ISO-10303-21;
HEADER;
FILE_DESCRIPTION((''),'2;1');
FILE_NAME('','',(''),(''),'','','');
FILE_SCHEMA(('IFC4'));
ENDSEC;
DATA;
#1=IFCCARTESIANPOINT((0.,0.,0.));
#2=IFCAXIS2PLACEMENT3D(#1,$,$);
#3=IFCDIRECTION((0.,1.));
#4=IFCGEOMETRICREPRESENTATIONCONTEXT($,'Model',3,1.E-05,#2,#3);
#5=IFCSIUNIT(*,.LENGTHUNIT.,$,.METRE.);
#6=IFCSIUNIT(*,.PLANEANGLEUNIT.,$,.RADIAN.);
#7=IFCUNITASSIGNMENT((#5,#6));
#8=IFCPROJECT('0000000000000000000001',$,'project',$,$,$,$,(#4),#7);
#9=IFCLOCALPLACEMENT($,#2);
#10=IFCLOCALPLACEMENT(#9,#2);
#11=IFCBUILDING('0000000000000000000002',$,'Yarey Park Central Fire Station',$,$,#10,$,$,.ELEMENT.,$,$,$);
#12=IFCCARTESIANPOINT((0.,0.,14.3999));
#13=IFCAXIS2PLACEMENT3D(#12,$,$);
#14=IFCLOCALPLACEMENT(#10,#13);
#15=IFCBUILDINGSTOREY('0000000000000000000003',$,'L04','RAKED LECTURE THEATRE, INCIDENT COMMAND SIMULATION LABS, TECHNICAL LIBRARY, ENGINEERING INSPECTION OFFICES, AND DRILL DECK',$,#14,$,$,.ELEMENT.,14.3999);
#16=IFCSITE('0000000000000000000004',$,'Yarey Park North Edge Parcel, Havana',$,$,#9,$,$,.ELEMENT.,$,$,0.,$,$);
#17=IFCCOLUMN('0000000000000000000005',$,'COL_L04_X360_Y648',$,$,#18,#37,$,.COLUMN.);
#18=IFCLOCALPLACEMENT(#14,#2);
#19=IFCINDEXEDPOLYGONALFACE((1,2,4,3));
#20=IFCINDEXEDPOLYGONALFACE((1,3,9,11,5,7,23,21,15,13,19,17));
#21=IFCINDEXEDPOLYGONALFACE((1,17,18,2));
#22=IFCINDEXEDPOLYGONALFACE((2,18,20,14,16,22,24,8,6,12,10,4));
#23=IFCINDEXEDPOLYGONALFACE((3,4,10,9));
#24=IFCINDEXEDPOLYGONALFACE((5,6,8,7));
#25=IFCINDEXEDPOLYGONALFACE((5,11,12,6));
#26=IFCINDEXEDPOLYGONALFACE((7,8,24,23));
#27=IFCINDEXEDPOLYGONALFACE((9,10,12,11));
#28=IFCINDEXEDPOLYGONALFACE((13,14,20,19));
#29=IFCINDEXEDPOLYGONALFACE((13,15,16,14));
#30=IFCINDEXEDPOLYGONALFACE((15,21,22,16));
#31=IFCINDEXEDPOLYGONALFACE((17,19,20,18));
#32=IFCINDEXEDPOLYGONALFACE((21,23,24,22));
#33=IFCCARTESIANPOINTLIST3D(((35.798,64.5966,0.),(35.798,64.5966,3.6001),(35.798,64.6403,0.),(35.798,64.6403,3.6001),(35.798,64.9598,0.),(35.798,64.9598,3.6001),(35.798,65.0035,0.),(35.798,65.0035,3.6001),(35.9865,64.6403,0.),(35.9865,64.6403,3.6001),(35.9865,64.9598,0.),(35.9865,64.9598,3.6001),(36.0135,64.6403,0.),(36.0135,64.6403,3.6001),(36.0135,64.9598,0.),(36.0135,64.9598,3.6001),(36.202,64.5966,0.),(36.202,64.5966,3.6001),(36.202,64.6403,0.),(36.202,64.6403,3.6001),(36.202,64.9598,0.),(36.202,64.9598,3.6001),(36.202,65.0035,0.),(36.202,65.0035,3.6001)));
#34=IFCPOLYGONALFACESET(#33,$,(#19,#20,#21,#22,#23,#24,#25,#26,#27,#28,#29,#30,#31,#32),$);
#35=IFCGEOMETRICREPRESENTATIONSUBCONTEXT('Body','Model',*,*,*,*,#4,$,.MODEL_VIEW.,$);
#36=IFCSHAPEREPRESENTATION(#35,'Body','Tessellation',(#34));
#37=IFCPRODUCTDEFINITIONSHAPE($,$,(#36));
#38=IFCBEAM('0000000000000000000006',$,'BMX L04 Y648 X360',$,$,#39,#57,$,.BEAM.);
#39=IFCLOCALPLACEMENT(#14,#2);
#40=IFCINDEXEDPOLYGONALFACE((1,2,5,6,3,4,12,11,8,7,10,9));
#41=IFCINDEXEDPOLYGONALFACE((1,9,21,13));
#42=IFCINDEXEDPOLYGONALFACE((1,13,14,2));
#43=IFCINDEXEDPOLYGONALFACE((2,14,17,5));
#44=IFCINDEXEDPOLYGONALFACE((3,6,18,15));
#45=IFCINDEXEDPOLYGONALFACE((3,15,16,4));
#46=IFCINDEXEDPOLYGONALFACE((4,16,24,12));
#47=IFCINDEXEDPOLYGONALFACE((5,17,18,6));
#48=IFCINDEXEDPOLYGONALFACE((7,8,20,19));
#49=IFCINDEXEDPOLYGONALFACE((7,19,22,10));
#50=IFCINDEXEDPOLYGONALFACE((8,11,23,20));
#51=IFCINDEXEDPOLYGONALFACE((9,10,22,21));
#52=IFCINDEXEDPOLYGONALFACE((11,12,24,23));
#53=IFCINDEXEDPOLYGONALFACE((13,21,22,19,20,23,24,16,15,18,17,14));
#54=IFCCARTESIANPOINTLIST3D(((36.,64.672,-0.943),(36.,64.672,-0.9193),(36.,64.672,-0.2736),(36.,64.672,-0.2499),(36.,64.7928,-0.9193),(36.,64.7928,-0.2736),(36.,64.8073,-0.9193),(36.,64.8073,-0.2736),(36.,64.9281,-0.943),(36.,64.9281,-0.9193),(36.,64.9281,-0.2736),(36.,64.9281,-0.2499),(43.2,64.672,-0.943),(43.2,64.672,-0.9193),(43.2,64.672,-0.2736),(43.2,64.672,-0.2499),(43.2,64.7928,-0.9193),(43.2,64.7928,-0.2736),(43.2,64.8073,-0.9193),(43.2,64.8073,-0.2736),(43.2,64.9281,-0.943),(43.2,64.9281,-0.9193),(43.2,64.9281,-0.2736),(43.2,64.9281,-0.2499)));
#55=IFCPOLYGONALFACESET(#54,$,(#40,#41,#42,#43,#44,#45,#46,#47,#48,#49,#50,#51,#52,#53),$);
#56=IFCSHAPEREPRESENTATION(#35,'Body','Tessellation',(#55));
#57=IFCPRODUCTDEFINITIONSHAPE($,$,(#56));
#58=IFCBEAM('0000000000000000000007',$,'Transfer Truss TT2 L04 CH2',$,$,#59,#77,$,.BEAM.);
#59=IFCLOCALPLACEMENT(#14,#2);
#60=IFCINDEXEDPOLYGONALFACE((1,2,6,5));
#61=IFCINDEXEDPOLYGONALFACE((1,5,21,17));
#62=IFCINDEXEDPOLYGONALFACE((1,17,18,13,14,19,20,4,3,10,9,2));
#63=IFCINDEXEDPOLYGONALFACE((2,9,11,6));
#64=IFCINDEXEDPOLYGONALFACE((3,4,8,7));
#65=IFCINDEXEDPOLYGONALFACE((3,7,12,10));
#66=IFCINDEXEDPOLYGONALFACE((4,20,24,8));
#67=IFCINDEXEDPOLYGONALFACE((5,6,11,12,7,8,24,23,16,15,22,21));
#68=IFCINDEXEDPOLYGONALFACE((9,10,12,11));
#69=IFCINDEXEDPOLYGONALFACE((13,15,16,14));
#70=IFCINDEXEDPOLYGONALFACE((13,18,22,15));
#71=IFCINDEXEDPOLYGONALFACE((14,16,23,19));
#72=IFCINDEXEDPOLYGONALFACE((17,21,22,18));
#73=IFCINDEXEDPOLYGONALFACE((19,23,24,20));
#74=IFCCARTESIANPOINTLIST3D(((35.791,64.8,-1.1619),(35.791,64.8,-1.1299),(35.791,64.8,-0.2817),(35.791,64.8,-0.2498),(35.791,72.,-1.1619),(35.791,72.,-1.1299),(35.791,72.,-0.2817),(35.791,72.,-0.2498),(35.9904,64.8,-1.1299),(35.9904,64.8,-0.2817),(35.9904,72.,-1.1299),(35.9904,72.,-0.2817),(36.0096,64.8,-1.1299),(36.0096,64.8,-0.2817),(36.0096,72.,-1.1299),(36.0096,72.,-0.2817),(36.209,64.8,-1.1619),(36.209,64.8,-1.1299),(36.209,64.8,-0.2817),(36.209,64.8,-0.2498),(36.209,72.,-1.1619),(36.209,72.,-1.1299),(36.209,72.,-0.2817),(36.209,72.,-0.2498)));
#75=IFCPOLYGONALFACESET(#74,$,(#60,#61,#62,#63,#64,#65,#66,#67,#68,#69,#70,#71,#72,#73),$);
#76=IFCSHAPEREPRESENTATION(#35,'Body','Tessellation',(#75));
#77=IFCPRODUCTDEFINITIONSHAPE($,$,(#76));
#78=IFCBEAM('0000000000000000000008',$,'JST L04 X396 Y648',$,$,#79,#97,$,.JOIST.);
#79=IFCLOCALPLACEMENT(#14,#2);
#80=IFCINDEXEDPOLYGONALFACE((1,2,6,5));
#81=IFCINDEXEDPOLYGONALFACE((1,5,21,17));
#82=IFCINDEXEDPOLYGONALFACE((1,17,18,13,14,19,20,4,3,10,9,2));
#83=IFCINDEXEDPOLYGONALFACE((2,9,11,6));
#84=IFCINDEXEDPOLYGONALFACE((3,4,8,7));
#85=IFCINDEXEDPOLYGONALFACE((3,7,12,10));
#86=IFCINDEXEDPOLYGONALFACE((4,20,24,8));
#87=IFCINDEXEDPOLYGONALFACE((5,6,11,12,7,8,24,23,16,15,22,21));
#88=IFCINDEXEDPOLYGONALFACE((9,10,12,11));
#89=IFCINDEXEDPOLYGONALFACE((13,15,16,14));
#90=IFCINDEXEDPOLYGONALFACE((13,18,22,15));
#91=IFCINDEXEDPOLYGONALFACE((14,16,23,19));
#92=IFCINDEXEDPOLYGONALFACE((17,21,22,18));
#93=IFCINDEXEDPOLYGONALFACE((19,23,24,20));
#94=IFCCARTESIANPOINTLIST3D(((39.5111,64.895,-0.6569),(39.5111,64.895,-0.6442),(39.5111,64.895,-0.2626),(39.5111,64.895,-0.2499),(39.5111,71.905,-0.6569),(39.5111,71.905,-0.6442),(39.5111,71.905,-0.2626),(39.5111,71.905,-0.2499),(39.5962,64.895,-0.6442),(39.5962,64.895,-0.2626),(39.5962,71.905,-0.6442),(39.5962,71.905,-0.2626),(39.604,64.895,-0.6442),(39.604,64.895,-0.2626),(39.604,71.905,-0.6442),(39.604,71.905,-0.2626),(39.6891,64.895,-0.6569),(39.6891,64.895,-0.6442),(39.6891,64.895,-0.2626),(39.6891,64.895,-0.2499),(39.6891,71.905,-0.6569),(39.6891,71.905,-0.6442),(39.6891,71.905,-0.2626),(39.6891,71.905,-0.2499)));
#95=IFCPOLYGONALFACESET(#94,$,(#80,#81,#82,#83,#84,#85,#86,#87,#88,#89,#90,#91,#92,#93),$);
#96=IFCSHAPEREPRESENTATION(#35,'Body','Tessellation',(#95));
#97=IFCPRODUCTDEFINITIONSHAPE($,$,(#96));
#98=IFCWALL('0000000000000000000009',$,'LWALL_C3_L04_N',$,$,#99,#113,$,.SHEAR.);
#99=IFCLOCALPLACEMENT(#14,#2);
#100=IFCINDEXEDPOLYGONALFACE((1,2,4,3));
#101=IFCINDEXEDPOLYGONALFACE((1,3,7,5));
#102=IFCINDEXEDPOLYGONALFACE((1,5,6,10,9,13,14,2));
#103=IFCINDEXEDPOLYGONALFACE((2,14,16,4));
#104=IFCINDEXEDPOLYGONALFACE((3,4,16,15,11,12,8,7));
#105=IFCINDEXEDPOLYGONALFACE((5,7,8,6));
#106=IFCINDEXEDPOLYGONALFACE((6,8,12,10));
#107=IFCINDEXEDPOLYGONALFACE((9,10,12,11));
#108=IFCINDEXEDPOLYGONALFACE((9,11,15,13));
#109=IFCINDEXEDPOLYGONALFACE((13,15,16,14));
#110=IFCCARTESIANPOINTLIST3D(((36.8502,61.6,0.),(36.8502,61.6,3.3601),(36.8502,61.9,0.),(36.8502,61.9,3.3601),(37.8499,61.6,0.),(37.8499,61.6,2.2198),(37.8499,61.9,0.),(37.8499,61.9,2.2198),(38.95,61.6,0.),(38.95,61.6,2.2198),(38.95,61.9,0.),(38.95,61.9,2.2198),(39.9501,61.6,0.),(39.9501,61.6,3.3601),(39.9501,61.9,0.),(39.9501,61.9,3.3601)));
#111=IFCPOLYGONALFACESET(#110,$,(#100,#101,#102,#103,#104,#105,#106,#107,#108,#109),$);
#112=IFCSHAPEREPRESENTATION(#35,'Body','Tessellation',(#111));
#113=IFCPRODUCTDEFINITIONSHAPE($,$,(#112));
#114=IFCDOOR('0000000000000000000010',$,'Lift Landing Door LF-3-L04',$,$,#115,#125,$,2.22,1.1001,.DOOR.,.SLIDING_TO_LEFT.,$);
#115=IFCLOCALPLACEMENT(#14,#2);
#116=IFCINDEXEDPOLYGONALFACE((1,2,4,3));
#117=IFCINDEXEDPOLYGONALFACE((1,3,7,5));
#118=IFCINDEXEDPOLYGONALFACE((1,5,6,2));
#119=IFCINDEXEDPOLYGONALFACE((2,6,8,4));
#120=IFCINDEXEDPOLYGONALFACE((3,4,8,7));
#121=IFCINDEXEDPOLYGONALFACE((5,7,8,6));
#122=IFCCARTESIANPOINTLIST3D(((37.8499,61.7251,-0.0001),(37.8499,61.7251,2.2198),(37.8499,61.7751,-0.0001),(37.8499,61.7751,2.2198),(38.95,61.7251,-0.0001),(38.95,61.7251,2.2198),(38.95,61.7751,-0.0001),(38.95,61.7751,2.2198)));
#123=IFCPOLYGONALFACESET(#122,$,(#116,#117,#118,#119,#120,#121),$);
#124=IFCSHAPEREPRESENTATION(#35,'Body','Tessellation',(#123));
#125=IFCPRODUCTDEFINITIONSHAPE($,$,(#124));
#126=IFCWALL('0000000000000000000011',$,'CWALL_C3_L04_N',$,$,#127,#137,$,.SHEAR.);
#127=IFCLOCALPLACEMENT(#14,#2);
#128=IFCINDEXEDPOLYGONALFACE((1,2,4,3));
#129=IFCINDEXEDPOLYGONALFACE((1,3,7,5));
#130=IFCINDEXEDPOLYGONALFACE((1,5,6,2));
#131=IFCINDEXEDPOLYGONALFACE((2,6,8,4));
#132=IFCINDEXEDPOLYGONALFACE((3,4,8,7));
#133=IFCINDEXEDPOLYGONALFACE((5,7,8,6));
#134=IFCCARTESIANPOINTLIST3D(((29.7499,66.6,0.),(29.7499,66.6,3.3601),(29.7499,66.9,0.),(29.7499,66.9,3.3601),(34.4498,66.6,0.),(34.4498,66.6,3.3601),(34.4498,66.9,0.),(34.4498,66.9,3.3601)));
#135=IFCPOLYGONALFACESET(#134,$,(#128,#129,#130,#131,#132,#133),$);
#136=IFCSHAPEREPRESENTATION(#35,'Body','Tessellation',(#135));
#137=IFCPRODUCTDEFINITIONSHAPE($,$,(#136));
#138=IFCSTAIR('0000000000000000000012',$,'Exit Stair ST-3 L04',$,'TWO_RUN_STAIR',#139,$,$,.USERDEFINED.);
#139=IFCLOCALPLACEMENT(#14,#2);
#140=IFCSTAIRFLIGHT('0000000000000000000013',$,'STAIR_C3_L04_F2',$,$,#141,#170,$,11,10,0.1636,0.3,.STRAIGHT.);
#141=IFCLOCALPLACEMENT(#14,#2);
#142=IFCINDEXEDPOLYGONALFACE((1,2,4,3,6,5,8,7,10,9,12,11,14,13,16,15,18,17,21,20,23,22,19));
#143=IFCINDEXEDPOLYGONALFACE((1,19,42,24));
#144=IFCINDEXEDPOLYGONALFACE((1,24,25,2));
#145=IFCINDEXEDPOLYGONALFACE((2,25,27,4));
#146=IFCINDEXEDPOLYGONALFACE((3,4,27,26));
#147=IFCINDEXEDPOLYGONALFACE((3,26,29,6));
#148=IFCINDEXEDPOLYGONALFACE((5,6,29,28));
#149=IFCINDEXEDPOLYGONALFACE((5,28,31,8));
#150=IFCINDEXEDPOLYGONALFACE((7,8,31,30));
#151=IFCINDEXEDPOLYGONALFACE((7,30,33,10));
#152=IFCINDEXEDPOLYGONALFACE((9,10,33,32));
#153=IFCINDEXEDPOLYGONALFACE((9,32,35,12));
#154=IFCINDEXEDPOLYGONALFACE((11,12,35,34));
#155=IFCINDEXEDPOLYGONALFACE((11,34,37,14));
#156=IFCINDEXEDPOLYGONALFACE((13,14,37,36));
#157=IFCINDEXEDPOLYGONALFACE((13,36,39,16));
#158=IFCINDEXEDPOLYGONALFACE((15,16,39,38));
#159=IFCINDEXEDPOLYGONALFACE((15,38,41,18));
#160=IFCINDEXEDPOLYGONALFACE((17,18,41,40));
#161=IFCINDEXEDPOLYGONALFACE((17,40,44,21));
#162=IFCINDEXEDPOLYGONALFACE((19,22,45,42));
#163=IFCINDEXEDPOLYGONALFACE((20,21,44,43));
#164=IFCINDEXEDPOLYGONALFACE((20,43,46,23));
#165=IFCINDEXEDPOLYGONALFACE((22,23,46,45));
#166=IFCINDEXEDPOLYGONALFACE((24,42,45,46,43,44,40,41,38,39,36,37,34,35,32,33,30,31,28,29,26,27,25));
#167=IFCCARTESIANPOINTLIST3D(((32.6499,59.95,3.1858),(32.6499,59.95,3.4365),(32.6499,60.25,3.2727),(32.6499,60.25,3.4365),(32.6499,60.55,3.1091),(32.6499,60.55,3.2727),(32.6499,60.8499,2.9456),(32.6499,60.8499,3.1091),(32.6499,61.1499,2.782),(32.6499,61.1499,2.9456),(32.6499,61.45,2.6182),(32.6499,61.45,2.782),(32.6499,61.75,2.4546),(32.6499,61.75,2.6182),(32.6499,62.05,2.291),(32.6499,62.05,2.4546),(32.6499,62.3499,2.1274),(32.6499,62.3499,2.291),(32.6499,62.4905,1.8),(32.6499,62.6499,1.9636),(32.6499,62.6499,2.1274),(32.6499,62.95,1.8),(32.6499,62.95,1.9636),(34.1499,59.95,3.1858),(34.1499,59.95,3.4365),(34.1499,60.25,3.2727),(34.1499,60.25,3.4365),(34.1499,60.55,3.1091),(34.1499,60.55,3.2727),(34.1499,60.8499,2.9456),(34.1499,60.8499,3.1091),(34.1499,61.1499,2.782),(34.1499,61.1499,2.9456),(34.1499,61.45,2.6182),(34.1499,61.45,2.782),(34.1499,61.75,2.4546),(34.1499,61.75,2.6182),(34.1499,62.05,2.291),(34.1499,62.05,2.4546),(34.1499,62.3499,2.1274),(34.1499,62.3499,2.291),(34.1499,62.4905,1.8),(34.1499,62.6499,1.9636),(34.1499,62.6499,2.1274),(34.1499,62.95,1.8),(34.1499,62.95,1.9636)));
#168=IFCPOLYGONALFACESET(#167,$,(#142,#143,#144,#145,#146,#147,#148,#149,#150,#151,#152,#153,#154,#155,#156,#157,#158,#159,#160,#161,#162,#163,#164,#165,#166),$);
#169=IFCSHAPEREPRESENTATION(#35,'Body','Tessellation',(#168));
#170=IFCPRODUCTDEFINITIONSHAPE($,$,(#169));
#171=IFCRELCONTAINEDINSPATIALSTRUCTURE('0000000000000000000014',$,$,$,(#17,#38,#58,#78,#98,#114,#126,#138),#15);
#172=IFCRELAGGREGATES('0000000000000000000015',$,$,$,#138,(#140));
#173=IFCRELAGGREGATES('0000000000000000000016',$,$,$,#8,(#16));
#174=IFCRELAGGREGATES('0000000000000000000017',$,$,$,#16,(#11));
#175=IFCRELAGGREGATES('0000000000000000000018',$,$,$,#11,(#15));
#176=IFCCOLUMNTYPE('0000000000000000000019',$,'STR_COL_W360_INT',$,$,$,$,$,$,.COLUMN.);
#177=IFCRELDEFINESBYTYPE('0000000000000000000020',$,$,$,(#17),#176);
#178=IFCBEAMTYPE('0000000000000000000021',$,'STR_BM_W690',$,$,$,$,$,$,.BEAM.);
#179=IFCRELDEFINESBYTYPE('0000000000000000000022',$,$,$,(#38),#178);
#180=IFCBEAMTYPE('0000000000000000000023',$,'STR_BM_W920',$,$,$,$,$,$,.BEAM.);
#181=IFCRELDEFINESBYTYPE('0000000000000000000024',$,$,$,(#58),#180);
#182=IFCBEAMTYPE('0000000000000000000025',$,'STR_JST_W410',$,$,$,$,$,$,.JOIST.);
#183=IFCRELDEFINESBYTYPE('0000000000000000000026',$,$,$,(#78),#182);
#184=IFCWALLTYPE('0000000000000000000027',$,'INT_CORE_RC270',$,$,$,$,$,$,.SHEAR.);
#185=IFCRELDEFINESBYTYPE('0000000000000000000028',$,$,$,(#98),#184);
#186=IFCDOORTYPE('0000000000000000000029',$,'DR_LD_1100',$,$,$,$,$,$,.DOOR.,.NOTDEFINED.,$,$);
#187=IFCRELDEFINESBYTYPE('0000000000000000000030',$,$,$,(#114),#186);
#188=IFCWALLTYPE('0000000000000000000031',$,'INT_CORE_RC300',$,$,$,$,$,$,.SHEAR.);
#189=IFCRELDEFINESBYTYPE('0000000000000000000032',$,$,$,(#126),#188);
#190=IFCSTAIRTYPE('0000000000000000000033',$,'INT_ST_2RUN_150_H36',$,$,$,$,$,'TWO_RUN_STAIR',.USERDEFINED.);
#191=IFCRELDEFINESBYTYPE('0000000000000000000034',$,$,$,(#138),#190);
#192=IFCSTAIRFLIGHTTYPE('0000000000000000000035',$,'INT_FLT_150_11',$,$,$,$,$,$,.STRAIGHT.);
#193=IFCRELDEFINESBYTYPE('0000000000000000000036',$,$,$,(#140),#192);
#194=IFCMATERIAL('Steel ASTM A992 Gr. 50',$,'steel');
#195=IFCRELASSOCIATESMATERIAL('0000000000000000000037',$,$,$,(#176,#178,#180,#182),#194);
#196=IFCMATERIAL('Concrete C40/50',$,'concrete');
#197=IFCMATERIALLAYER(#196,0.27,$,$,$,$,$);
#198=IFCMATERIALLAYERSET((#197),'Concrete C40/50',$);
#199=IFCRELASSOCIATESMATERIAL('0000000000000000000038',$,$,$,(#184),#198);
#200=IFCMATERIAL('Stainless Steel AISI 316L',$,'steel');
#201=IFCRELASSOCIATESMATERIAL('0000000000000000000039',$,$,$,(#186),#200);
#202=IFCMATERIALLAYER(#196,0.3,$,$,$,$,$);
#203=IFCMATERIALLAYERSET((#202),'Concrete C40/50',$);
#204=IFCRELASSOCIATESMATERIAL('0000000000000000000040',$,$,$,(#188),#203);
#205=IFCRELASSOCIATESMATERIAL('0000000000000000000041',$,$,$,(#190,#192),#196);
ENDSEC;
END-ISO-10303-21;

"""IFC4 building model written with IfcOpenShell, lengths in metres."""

from ifc_helpers import new_model, si_unit, direction, frame, frame_2d, origin, origin_2d, place, context, subcontext, project, spatial, polyline, rectangle, i_section, outline, extrude, material, layer, layer_set, material_profile, profile_set, type_object, element, fill, aggregate, save


model = new_model("IFC4")

# Units and contexts
model_context = context("Model", 3, precision=1e-05, world=origin(), true_north=direction((0.0, 1.0)))
body_context = subcontext(model_context, "Body", "Model", "MODEL_VIEW")
ifc_project = project(units=[si_unit("LENGTHUNIT", "METRE"), si_unit("PLANEANGLEUNIT", "RADIAN")], contexts=[model_context])

# Site, building, storey
site_placement = place(None, origin())
site = spatial("IfcSite", under=ifc_project, at=site_placement, Name="Yarey Park North Edge Parcel, Havana", CompositionType="ELEMENT", RefElevation=0.0)
building_placement = place(site_placement, origin())
building = spatial("IfcBuilding", under=site, at=building_placement, Name="Yarey Park Central Fire Station", CompositionType="ELEMENT")
storey_placement = place(building_placement, frame((0.0, 0.0, 14.3999)))
storey = spatial("IfcBuildingStorey", under=building, at=storey_placement, Name="L04", Description="RAKED LECTURE THEATRE, INCIDENT COMMAND SIMULATION LABS, TECHNICAL LIBRARY, ENGINEERING INSPECTION OFFICES, AND DRILL DECK", CompositionType="ELEMENT", Elevation=14.3999)

# Column
ifc_material_1 = material(Name="Steel ASTM A992 Gr. 50", Category="steel")
ifc_material_profile_1 = material_profile(ifc_material_1, i_section(OverallWidth=0.4041, OverallDepth=0.407, WebThickness=0.0271, FlangeThickness=0.0437, at=origin_2d()), Name="W360x347")
ifc_profile_set_1 = profile_set([ifc_material_profile_1], Name="Steel ASTM A992 Gr. 50")
column_type = type_object("IfcColumnType", Name="STR_COL_W360_INT", PredefinedType="COLUMN", material=ifc_profile_set_1)
column_placement = place(storey_placement, frame((36.0, 64.8, 0.0), z_axis=(0.0, 0.0, 1.0), x_axis=(1.0, 0.0, 0.0)))
element("IfcColumn", 1, at=column_placement, inside=storey, type_object=column_type, Name="COL_L04_X360_Y648", PredefinedType="COLUMN", context=body_context, shape_type="SweptSolid", body=[
    extrude(i_section(OverallWidth=0.4041, OverallDepth=0.407, WebThickness=0.0271, FlangeThickness=0.0437, at=origin_2d()), origin(), (0.0, 0.0, 1.0), 3.6001),
])

# Beams
ifc_material_profile_2 = material_profile(ifc_material_1, i_section(OverallWidth=0.2561, OverallDepth=0.6931, WebThickness=0.0144, FlangeThickness=0.0237, at=origin_2d()), Name="W690x170")
ifc_profile_set_2 = profile_set([ifc_material_profile_2], Name="Steel ASTM A992 Gr. 50")
beam_type_1 = type_object("IfcBeamType", Name="STR_BM_W690", PredefinedType="BEAM", material=ifc_profile_set_2)
beam_1_placement = place(storey_placement, frame((36.0, 64.8, -0.5964), z_axis=(1.0, 0.0, 0.0), x_axis=(0.0, 1.0, 0.0)))
element("IfcBeam", 2, at=beam_1_placement, inside=storey, type_object=beam_type_1, Name="BMX L04 Y648 X360", PredefinedType="BEAM", context=body_context, shape_type="SweptSolid", body=[
    extrude(i_section(OverallWidth=0.2561, OverallDepth=0.6931, WebThickness=0.0144, FlangeThickness=0.0237, at=origin_2d()), origin(), (0.0, 0.0, 1.0), 7.2),
])
ifc_material_profile_3 = material_profile(ifc_material_1, i_section(OverallWidth=0.418, OverallDepth=0.9121, WebThickness=0.0193, FlangeThickness=0.032, at=origin_2d()), Name="W920x342")
ifc_profile_set_3 = profile_set([ifc_material_profile_3], Name="Steel ASTM A992 Gr. 50")
beam_type_2 = type_object("IfcBeamType", Name="STR_BM_W920", PredefinedType="BEAM", material=ifc_profile_set_3)
beam_2_placement = place(storey_placement, frame((36.0, 64.8, -0.7058), z_axis=(0.0, 1.0, 0.0), x_axis=(-1.0, 0.0, 0.0)))
element("IfcBeam", 3, at=beam_2_placement, inside=storey, type_object=beam_type_2, Name="Transfer Truss TT2 L04 CH2", PredefinedType="BEAM", context=body_context, shape_type="SweptSolid", body=[
    extrude(i_section(OverallWidth=0.418, OverallDepth=0.9121, WebThickness=0.0193, FlangeThickness=0.032, at=origin_2d()), origin(), (0.0, 0.0, 1.0), 7.2),
])
ifc_material_profile_4 = material_profile(ifc_material_1, i_section(OverallWidth=0.178, OverallDepth=0.407, WebThickness=0.0078, FlangeThickness=0.0127, at=origin_2d()), Name="W410x60")
ifc_profile_set_4 = profile_set([ifc_material_profile_4], Name="Steel ASTM A992 Gr. 50")
beam_type_3 = type_object("IfcBeamType", Name="STR_JST_W410", PredefinedType="JOIST", material=ifc_profile_set_4)
beam_3_placement = place(storey_placement, frame((39.6001, 64.895, -0.4534), z_axis=(0.0, 1.0, 0.0), x_axis=(-1.0, 0.0, 0.0)))
element("IfcBeam", 4, at=beam_3_placement, inside=storey, type_object=beam_type_3, Name="JST L04 X396 Y648", PredefinedType="JOIST", context=body_context, shape_type="SweptSolid", body=[
    extrude(i_section(OverallWidth=0.178, OverallDepth=0.407, WebThickness=0.0078, FlangeThickness=0.0127, at=origin_2d()), origin(), (0.0, 0.0, 1.0), 7.01),
])

# Wall, opening, door
ifc_material_2 = material(Name="Concrete C40/50", Category="concrete")
ifc_layer_1 = layer(ifc_material_2, 0.27)
ifc_layer_set_1 = layer_set([ifc_layer_1], Name="Concrete C40/50")
wall_type_1 = type_object("IfcWallType", Name="INT_CORE_RC270", PredefinedType="SHEAR", material=ifc_layer_set_1)
wall_1_placement = place(storey_placement, frame((39.95, 61.75, 0.0), z_axis=(0.0, 0.0, 1.0), x_axis=(-1.0, 0.0, 0.0)))
wall_1 = element("IfcWall", 5, at=wall_1_placement, inside=storey, type_object=wall_type_1, Name="LWALL_C3_L04_N", PredefinedType="SHEAR", context=body_context, shape_type="SweptSolid", body=[
    extrude(rectangle(XDim=3.0999, YDim=0.3, at=frame_2d((1.5498, 0.0))), origin(), (0.0, 0.0, 1.0), 3.3601),
])
opening_placement = place(wall_1_placement, frame((1.0, 0.0, 0.0)))
opening = element("IfcOpeningElement", 6, at=opening_placement, cuts=wall_1, PredefinedType="OPENING", context=body_context, shape_type="SweptSolid", body=[
    extrude(rectangle(XDim=1.1001, YDim=2.22, at=frame_2d((0.55, 1.1099))), frame((0.0, 0.1599, 0.0), z_axis=(0.0, -1.0, 0.0), x_axis=(1.0, 0.0, 0.0)), (0.0, 0.0, 1.0), 0.3201),
])
ifc_material_3 = material(Name="Stainless Steel AISI 316L", Category="steel")
door_type = type_object("IfcDoorType", Name="DR_LD_1100", OperationType="NOTDEFINED", PredefinedType="DOOR", material=ifc_material_3)
door_placement = place(opening_placement, origin())
door = element("IfcDoor", 7, at=door_placement, inside=storey, type_object=door_type, Name="Lift Landing Door LF-3-L04", OperationType="SLIDING_TO_LEFT", OverallHeight=2.22, OverallWidth=1.1001, PredefinedType="DOOR", context=body_context, shape_type="SweptSolid", body=[
    extrude(rectangle(XDim=1.1001, YDim=2.22, at=frame_2d((0.55, 1.1099))), frame((0.0, 0.0249, 0.0), z_axis=(0.0, -1.0, 0.0), x_axis=(1.0, 0.0, 0.0)), (0.0, 0.0, 1.0), 0.05),
])
fill(opening, door)

# Wall
ifc_layer_2 = layer(ifc_material_2, 0.3)
ifc_layer_set_2 = layer_set([ifc_layer_2], Name="Concrete C40/50")
wall_type_2 = type_object("IfcWallType", Name="INT_CORE_RC300", PredefinedType="SHEAR", material=ifc_layer_set_2)
wall_2_placement = place(storey_placement, frame((34.45, 66.75, 0.0), z_axis=(0.0, 0.0, 1.0), x_axis=(-1.0, 0.0, 0.0)))
element("IfcWall", 8, at=wall_2_placement, inside=storey, type_object=wall_type_2, Name="CWALL_C3_L04_N", PredefinedType="SHEAR", context=body_context, shape_type="SweptSolid", body=[
    extrude(rectangle(XDim=4.7, YDim=0.3, at=frame_2d((2.3501, 0.0))), origin(), (0.0, 0.0, 1.0), 3.3601),
])

# Stair, stair flight
stair_type = type_object("IfcStairType", Name="INT_ST_2RUN_150_H36", ElementType="TWO_RUN_STAIR", PredefinedType="USERDEFINED", material=ifc_material_2)
stair_placement = place(storey_placement, origin())
stair = element("IfcStair", 9, at=stair_placement, inside=storey, type_object=stair_type, Name="Exit Stair ST-3 L04", ObjectType="TWO_RUN_STAIR", PredefinedType="USERDEFINED")
stair_flight_type = type_object("IfcStairFlightType", Name="INT_FLT_150_11", PredefinedType="STRAIGHT", material=ifc_material_2)
stair_flight_placement = place(storey_placement, frame((33.3999, 62.95, 1.8), z_axis=(0.0, 0.0, 1.0), x_axis=(0.0, -1.0, 0.0)))
stair_flight = element("IfcStairFlight", 10, at=stair_flight_placement, type_object=stair_flight_type, Name="STAIR_C3_L04_F2", NumberOfRisers=11, NumberOfTreads=10, PredefinedType="STRAIGHT", RiserHeight=0.1636, TreadLength=0.3, context=body_context, shape_type="SweptSolid", body=[
    extrude(outline(polyline([(0.0, 0.0), (0.0, 0.1636), (0.3, 0.1636), (0.3, 0.3274), (0.6001, 0.3274), (0.6001, 0.491), (0.8999, 0.491), (0.8999, 0.6545), (1.2, 0.6545), (1.2, 0.8181), (1.5, 0.8181), (1.5, 0.9819), (1.8, 0.9819), (1.8, 1.1455), (2.1001, 1.1455), (2.1001, 1.3091), (2.3999, 1.3091), (2.3999, 1.4727), (2.7, 1.4727), (2.7, 1.6365), (3.0, 1.6365), (3.0, 1.8), (3.0, 1.3857), (0.4595, 0.0), (0.0, 0.0)])), frame((0.0, 0.75, 0.0), z_axis=(0.0, -1.0, 0.0), x_axis=(1.0, 0.0, 0.0)), (0.0, 0.0, 1.0), 1.5),
])
aggregate(stair, [stair_flight])

save(model, "model.ifc")
